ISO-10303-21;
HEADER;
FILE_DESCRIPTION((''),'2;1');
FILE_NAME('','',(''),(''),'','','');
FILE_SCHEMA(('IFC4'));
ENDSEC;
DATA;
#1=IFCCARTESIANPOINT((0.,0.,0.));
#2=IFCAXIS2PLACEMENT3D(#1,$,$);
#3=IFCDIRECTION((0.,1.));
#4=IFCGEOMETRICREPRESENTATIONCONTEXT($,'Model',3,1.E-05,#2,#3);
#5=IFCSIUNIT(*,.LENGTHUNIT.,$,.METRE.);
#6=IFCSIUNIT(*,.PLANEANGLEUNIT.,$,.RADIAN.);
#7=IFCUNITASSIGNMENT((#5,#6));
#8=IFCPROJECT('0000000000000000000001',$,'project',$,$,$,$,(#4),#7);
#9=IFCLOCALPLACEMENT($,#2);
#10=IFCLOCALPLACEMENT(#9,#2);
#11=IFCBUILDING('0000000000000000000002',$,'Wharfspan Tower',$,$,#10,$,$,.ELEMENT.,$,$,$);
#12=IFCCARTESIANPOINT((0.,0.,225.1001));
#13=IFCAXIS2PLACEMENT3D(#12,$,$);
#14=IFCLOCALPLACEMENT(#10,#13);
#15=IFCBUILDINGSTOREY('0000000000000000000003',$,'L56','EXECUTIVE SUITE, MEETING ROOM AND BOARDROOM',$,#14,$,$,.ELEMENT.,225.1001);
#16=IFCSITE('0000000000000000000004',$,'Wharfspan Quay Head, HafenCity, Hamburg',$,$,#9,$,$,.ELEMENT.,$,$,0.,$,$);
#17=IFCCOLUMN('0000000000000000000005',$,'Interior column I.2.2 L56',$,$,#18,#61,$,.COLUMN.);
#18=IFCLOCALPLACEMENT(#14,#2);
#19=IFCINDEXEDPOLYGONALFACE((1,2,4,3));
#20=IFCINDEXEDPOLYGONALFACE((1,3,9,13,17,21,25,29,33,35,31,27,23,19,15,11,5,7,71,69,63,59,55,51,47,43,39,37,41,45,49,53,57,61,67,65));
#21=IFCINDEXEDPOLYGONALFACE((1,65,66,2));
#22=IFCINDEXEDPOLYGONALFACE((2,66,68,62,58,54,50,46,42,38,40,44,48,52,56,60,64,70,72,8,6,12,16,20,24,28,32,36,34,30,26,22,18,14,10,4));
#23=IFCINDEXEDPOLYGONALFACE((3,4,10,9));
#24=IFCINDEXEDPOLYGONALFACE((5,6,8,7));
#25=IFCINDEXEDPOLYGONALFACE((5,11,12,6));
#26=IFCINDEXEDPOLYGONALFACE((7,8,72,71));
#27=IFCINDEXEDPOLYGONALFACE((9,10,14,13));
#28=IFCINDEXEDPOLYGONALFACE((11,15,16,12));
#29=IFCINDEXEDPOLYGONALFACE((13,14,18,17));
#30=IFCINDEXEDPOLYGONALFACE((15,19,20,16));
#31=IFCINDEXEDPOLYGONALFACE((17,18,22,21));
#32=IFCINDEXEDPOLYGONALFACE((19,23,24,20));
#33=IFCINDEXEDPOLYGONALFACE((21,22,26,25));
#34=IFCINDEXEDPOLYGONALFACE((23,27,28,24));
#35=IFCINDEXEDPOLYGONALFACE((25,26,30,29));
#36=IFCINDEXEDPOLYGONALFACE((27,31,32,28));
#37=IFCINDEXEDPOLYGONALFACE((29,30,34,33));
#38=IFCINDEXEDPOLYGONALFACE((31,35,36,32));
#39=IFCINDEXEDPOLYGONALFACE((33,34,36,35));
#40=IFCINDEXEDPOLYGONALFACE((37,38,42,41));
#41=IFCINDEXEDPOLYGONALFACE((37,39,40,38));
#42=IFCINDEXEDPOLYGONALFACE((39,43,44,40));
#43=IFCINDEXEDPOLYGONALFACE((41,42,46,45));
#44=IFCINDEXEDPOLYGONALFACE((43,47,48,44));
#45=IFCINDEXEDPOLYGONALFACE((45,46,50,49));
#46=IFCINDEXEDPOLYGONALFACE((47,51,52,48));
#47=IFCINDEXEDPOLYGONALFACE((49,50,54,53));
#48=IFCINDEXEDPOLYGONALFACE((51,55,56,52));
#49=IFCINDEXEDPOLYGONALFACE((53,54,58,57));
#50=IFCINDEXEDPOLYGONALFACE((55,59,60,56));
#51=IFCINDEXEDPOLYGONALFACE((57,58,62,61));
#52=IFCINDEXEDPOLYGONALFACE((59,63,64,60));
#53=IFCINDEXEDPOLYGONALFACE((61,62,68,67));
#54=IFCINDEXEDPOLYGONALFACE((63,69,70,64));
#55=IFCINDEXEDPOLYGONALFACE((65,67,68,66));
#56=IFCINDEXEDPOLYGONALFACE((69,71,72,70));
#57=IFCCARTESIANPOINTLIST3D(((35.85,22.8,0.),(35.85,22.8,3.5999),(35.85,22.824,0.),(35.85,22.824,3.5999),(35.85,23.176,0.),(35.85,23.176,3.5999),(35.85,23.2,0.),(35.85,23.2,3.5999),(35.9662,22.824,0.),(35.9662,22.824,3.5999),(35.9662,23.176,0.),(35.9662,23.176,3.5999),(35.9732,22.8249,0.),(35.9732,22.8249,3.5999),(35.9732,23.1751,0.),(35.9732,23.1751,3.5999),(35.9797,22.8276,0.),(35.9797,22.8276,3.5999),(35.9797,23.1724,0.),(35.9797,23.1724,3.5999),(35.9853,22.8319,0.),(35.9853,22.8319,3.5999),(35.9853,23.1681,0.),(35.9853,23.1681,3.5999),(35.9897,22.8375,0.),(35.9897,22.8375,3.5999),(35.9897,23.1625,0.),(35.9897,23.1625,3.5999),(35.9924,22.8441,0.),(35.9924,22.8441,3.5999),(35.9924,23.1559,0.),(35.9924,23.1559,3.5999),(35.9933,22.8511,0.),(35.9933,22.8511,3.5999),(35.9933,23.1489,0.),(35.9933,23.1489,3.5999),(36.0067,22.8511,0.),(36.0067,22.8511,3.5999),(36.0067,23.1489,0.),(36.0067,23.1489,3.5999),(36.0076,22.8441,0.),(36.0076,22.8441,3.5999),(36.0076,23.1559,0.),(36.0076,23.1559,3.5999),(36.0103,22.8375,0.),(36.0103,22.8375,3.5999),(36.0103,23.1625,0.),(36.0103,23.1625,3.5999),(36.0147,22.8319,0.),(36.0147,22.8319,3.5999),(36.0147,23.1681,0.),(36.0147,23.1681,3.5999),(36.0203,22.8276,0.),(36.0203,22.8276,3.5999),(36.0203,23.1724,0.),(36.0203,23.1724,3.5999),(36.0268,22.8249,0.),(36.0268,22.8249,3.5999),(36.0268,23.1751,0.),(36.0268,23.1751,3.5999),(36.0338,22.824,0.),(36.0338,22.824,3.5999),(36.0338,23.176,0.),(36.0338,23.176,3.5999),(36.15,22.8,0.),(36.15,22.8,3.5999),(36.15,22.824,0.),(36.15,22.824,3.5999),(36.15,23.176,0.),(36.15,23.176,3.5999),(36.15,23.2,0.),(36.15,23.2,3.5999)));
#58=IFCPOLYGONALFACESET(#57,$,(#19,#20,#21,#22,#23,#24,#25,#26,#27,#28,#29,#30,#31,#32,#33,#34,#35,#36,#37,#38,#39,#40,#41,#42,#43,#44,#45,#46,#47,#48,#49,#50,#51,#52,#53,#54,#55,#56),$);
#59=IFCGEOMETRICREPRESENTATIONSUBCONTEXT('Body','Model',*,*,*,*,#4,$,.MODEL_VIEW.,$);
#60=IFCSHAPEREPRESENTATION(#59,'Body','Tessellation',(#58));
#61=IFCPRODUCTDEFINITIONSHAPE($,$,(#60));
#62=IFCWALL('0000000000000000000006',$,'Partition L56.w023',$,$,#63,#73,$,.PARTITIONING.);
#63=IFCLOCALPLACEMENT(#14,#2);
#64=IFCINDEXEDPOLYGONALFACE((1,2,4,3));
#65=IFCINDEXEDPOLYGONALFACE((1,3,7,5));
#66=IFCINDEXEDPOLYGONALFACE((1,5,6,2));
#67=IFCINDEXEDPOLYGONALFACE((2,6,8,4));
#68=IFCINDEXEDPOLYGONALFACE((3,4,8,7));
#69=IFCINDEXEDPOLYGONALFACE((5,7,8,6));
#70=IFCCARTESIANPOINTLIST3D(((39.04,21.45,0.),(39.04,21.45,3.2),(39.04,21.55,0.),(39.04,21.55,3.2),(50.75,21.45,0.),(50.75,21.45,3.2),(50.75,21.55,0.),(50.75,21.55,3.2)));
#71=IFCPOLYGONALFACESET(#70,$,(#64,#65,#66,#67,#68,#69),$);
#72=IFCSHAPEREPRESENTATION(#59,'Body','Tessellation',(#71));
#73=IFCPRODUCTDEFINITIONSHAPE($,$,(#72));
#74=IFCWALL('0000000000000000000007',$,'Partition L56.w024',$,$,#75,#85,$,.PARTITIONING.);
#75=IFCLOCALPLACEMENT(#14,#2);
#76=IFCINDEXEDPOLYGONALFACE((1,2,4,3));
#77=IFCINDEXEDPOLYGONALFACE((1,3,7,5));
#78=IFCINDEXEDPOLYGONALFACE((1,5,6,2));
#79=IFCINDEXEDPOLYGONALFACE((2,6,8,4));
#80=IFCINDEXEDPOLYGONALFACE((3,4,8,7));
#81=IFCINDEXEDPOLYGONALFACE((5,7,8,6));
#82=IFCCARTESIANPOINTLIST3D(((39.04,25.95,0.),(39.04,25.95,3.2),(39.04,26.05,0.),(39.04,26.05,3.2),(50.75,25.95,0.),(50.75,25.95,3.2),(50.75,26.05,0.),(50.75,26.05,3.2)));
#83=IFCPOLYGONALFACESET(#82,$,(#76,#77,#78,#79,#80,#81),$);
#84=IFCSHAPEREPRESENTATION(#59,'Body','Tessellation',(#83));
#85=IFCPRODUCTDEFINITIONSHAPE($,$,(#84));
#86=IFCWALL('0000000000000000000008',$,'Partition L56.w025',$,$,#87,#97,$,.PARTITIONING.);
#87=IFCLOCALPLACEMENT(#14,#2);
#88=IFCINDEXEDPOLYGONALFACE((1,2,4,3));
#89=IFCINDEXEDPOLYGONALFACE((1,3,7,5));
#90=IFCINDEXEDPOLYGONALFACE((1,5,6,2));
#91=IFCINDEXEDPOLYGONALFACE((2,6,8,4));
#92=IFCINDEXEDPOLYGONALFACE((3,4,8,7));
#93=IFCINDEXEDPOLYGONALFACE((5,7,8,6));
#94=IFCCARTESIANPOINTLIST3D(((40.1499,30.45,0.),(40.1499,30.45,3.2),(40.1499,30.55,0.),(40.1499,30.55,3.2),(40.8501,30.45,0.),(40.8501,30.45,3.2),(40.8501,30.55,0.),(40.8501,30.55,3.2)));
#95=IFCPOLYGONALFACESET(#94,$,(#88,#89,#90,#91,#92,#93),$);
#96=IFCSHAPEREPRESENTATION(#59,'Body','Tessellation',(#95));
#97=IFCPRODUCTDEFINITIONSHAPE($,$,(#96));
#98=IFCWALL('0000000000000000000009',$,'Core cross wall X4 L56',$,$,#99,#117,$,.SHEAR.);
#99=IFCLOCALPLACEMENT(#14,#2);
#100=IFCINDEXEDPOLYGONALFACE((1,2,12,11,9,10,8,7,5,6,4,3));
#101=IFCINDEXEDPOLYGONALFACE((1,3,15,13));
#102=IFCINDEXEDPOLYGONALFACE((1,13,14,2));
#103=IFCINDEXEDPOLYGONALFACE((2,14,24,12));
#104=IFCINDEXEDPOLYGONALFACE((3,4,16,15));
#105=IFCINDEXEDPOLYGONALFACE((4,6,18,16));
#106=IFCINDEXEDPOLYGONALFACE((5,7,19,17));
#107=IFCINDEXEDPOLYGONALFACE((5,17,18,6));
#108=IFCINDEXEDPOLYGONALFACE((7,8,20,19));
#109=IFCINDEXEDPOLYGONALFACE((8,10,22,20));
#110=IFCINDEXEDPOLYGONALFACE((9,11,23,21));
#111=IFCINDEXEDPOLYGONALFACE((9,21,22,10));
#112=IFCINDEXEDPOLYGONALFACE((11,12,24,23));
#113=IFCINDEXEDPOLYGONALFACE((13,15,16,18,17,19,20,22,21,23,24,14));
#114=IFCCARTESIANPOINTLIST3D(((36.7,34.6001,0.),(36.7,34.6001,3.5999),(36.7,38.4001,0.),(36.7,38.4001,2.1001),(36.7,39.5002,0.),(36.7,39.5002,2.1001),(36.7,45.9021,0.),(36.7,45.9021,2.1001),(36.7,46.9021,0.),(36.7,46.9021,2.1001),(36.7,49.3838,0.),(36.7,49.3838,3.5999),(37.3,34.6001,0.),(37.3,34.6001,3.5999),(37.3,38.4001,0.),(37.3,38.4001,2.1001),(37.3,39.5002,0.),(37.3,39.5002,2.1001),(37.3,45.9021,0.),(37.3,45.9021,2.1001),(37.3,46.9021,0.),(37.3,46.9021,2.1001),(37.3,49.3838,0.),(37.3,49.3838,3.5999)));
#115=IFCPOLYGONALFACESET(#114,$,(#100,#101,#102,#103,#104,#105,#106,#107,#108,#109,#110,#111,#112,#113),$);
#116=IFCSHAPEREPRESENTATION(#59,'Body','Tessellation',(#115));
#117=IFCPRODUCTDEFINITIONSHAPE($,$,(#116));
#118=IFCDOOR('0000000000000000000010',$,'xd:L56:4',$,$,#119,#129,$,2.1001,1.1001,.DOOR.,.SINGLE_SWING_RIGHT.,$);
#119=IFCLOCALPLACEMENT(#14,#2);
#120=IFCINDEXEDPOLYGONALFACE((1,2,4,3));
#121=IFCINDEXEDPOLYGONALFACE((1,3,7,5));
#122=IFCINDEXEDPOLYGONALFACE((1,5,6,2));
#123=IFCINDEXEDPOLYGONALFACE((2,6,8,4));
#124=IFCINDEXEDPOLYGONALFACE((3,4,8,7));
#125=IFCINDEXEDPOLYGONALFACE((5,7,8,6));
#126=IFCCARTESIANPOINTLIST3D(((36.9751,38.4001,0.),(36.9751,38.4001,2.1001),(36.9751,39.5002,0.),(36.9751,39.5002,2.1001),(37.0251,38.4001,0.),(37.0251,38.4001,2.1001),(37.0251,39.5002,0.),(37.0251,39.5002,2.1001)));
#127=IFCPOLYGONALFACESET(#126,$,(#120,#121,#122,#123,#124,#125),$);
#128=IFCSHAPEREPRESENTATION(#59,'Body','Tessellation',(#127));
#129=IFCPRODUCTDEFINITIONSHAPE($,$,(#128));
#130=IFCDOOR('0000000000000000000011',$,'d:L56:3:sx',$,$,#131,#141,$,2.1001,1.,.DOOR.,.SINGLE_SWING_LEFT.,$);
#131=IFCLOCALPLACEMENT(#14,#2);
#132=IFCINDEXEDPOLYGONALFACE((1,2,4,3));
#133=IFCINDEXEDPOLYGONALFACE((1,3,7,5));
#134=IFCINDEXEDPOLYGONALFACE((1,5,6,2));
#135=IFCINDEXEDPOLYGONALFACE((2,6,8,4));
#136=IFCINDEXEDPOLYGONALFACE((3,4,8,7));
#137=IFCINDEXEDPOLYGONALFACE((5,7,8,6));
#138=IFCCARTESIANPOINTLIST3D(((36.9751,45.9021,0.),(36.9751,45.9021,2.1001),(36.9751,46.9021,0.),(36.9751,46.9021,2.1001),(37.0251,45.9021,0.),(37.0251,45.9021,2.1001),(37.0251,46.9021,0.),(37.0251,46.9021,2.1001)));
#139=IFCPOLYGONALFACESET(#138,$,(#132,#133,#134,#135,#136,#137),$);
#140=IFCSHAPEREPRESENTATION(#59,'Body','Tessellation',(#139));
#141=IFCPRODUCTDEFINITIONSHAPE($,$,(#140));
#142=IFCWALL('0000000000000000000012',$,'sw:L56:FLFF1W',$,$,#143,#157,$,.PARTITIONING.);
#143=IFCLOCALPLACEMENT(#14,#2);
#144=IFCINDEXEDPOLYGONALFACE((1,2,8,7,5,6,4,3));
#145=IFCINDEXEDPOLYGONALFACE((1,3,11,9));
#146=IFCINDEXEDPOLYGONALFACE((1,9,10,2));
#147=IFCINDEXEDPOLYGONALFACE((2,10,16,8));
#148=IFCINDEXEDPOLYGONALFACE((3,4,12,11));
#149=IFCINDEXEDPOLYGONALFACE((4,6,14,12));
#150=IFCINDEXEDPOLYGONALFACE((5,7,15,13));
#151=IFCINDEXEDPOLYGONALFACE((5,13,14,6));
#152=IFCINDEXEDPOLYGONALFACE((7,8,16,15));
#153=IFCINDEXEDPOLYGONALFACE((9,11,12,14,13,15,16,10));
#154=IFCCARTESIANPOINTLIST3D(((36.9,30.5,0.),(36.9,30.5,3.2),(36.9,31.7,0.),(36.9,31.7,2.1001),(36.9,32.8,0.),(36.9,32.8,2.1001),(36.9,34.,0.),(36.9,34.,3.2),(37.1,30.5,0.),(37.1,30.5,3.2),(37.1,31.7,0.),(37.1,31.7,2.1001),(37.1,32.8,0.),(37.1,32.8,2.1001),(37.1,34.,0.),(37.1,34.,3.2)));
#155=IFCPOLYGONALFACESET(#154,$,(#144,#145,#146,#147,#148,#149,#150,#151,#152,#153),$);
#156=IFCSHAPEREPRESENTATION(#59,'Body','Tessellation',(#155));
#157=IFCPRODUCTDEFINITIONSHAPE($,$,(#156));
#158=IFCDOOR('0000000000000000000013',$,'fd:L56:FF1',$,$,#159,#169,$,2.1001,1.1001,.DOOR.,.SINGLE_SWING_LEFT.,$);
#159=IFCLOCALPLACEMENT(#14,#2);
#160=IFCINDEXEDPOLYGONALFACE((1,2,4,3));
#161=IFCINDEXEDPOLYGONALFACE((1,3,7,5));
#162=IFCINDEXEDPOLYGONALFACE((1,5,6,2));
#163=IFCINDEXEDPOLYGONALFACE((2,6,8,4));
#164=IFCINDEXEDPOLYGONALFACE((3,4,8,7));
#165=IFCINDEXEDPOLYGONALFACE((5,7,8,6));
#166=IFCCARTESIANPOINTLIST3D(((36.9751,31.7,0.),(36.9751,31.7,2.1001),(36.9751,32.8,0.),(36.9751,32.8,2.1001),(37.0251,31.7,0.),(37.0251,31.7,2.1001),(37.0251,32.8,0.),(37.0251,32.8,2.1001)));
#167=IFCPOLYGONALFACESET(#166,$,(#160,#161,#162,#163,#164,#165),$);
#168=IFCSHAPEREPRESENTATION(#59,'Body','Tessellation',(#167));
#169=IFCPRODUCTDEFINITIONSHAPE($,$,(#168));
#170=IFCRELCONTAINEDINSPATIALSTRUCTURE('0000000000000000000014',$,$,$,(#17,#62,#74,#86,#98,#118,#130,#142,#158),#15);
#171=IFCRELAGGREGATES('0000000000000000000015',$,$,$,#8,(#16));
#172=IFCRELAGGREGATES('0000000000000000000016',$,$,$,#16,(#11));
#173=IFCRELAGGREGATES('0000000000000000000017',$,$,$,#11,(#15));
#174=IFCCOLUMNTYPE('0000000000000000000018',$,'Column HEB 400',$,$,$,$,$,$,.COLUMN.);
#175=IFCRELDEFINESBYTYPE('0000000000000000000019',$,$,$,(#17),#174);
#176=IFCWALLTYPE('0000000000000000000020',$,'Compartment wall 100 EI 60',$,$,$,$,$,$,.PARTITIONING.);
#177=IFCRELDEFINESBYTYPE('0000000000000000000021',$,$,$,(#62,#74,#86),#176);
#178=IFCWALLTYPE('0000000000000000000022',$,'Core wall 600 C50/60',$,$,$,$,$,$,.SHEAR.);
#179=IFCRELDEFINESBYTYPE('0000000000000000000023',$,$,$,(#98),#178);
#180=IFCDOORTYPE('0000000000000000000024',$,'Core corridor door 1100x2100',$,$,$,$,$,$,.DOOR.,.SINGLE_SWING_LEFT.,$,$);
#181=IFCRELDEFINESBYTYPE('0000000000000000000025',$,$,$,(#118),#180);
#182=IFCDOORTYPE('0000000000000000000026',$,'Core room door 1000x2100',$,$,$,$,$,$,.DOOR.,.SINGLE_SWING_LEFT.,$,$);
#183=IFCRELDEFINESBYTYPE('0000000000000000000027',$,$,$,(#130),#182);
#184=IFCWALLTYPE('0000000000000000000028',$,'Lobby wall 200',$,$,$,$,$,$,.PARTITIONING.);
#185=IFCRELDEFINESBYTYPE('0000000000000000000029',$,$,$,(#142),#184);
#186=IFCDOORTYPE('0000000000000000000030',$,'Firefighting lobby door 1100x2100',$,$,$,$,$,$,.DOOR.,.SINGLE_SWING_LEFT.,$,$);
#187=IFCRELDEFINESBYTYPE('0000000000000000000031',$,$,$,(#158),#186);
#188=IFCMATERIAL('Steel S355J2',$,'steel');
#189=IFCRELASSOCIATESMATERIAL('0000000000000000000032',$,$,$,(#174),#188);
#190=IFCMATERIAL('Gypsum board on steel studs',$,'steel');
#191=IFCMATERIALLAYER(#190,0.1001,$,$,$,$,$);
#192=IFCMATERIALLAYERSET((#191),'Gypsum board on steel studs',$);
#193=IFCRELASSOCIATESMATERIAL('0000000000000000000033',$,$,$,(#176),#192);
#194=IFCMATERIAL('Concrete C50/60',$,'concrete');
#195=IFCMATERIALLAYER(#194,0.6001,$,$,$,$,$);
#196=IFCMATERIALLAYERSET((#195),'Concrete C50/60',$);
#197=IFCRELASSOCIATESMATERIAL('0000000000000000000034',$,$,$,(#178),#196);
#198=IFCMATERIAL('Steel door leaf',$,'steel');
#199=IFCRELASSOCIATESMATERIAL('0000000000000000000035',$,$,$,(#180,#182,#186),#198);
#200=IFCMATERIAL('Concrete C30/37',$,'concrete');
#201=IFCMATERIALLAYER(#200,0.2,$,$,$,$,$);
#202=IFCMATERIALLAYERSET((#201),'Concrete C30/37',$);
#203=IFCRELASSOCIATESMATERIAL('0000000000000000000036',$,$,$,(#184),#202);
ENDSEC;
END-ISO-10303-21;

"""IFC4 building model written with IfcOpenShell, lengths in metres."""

from ifc_helpers import new_model, si_unit, direction, frame, frame_2d, origin, origin_2d, place, context, subcontext, project, spatial, rectangle, i_section, extrude, material, layer, layer_set, material_profile, profile_set, type_object, element, fill, save


model = new_model("IFC4")

# Units and contexts
model_context = context("Model", 3, precision=1e-05, world=origin(), true_north=direction((0.0, 1.0)))
body_context = subcontext(model_context, "Body", "Model", "MODEL_VIEW")
ifc_project = project(units=[si_unit("LENGTHUNIT", "METRE"), si_unit("PLANEANGLEUNIT", "RADIAN")], contexts=[model_context])

# Site, building, storey
site_placement = place(None, origin())
site = spatial("IfcSite", under=ifc_project, at=site_placement, Name="Wharfspan Quay Head, HafenCity, Hamburg", CompositionType="ELEMENT", RefElevation=0.0)
building_placement = place(site_placement, origin())
building = spatial("IfcBuilding", under=site, at=building_placement, Name="Wharfspan Tower", CompositionType="ELEMENT")
storey_placement = place(building_placement, frame((0.0, 0.0, 225.1001)))
storey = spatial("IfcBuildingStorey", under=building, at=storey_placement, Name="L56", Description="EXECUTIVE SUITE, MEETING ROOM AND BOARDROOM", CompositionType="ELEMENT", Elevation=225.1001)

# Column
ifc_material_1 = material(Name="Steel S355J2", Category="steel")
ifc_material_profile = material_profile(ifc_material_1, i_section(OverallWidth=0.3, OverallDepth=0.3999, WebThickness=0.0134, FlangeThickness=0.0239, FilletRadius=0.0271, at=origin_2d()))
ifc_profile_set = profile_set([ifc_material_profile], Name="Steel S355J2")
column_type = type_object("IfcColumnType", Name="Column HEB 400", PredefinedType="COLUMN", material=ifc_profile_set)
column_placement = place(storey_placement, frame((36.0, 23.0, 0.0), z_axis=(0.0, 0.0, 1.0), x_axis=(1.0, 0.0, 0.0)))
element("IfcColumn", 1, at=column_placement, inside=storey, type_object=column_type, Name="Interior column I.2.2 L56", PredefinedType="COLUMN", context=body_context, shape_type="SweptSolid", body=[
    extrude(i_section(OverallWidth=0.3, OverallDepth=0.3999, WebThickness=0.0134, FlangeThickness=0.0239, FilletRadius=0.0271, at=origin_2d()), origin(), (0.0, 0.0, 1.0), 3.5999),
])

# Walls
ifc_material_2 = material(Name="Gypsum board on steel studs", Category="steel")
ifc_layer_1 = layer(ifc_material_2, 0.1001)
ifc_layer_set_1 = layer_set([ifc_layer_1], Name="Gypsum board on steel studs")
wall_type_1 = type_object("IfcWallType", Name="Compartment wall 100 EI 60", PredefinedType="PARTITIONING", material=ifc_layer_set_1)
for number, where, z_axis, x_axis, name in (
    (2, (39.04, 21.5, 0.0), (0.0, 0.0, 1.0), (1.0, 0.0, 0.0), "Partition L56.w023"),
    (3, (39.04, 26.0, 0.0), (0.0, 0.0, 1.0), (1.0, 0.0, 0.0), "Partition L56.w024"),
):
    element("IfcWall", number, at=place(storey_placement, frame(where, z_axis=z_axis, x_axis=x_axis)), inside=storey, type_object=wall_type_1, Name=name, PredefinedType="PARTITIONING", context=body_context, shape_type="SweptSolid", body=[
        extrude(rectangle(XDim=11.71, YDim=0.1001, at=frame_2d((5.855, 0.0))), origin(), (0.0, 0.0, 1.0), 3.2),
    ])
wall_1_placement = place(storey_placement, frame((40.1499, 30.5, 0.0), z_axis=(0.0, 0.0, 1.0), x_axis=(1.0, 0.0, 0.0)))
element("IfcWall", 4, at=wall_1_placement, inside=storey, type_object=wall_type_1, Name="Partition L56.w025", PredefinedType="PARTITIONING", context=body_context, shape_type="SweptSolid", body=[
    extrude(rectangle(XDim=0.7002, YDim=0.1001, at=frame_2d((0.3501, 0.0))), origin(), (0.0, 0.0, 1.0), 3.2),
])

# Wall, openings, doors
ifc_material_3 = material(Name="Concrete C50/60", Category="concrete")
ifc_layer_2 = layer(ifc_material_3, 0.6001)
ifc_layer_set_2 = layer_set([ifc_layer_2], Name="Concrete C50/60")
wall_type_2 = type_object("IfcWallType", Name="Core wall 600 C50/60", PredefinedType="SHEAR", material=ifc_layer_set_2)
wall_2_placement = place(storey_placement, frame((37.0, 34.6001, 0.0), z_axis=(0.0, 0.0, 1.0), x_axis=(0.0, 1.0, 0.0)))
wall_2 = element("IfcWall", 5, at=wall_2_placement, inside=storey, type_object=wall_type_2, Name="Core cross wall X4 L56", PredefinedType="SHEAR", context=body_context, shape_type="SweptSolid", body=[
    extrude(rectangle(XDim=14.7837, YDim=0.6001, at=frame_2d((7.3918, 0.0))), origin(), (0.0, 0.0, 1.0), 3.5999),
])
opening_1_placement = place(wall_2_placement, frame((11.302, 0.0, 0.0)))
opening_1 = element("IfcOpeningElement", 6, at=opening_1_placement, cuts=wall_2, PredefinedType="OPENING", context=body_context, shape_type="SweptSolid", body=[
    extrude(rectangle(XDim=1.0, YDim=2.1001, at=frame_2d((0.5, 1.05))), frame((0.0, 0.3101, 0.0), z_axis=(0.0, -1.0, 0.0), x_axis=(1.0, 0.0, 0.0)), (0.0, 0.0, 1.0), 0.6201),
])
opening_2_placement = place(wall_2_placement, frame((3.8, 0.0, 0.0)))
opening_2 = element("IfcOpeningElement", 7, at=opening_2_placement, cuts=wall_2, PredefinedType="OPENING", context=body_context, shape_type="SweptSolid", body=[
    extrude(rectangle(XDim=1.1001, YDim=2.1001, at=frame_2d((0.55, 1.05))), frame((0.0, 0.3101, 0.0), z_axis=(0.0, -1.0, 0.0), x_axis=(1.0, 0.0, 0.0)), (0.0, 0.0, 1.0), 0.6201),
])
ifc_material_4 = material(Name="Steel door leaf", Category="steel")
door_type_1 = type_object("IfcDoorType", Name="Core corridor door 1100x2100", OperationType="SINGLE_SWING_LEFT", PredefinedType="DOOR", material=ifc_material_4)
door_1_placement = place(opening_2_placement, origin())
door_1 = element("IfcDoor", 8, at=door_1_placement, inside=storey, type_object=door_type_1, Name="xd:L56:4", OperationType="SINGLE_SWING_RIGHT", OverallHeight=2.1001, OverallWidth=1.1001, PredefinedType="DOOR", context=body_context, shape_type="SweptSolid", body=[
    extrude(rectangle(XDim=1.1001, YDim=2.1001, at=frame_2d((0.55, 1.05))), frame((0.0, 0.0249, 0.0), z_axis=(0.0, -1.0, 0.0), x_axis=(1.0, 0.0, 0.0)), (0.0, 0.0, 1.0), 0.05),
])
fill(opening_2, door_1)
door_type_2 = type_object("IfcDoorType", Name="Core room door 1000x2100", OperationType="SINGLE_SWING_LEFT", PredefinedType="DOOR", material=ifc_material_4)
door_2_placement = place(opening_1_placement, origin())
door_2 = element("IfcDoor", 9, at=door_2_placement, inside=storey, type_object=door_type_2, Name="d:L56:3:sx", OperationType="SINGLE_SWING_LEFT", OverallHeight=2.1001, OverallWidth=1.0, PredefinedType="DOOR", context=body_context, shape_type="SweptSolid", body=[
    extrude(rectangle(XDim=1.0, YDim=2.1001, at=frame_2d((0.5, 1.05))), frame((0.0, 0.0249, 0.0), z_axis=(0.0, -1.0, 0.0), x_axis=(1.0, 0.0, 0.0)), (0.0, 0.0, 1.0), 0.05),
])
fill(opening_1, door_2)

# Wall, opening, door
ifc_material_5 = material(Name="Concrete C30/37", Category="concrete")
ifc_layer_3 = layer(ifc_material_5, 0.2)
ifc_layer_set_3 = layer_set([ifc_layer_3], Name="Concrete C30/37")
wall_type_3 = type_object("IfcWallType", Name="Lobby wall 200", PredefinedType="PARTITIONING", material=ifc_layer_set_3)
wall_3_placement = place(storey_placement, frame((37.0, 30.5, 0.0), z_axis=(0.0, 0.0, 1.0), x_axis=(0.0, 1.0, 0.0)))
wall_3 = element("IfcWall", 10, at=wall_3_placement, inside=storey, type_object=wall_type_3, Name="sw:L56:FLFF1W", PredefinedType="PARTITIONING", context=body_context, shape_type="SweptSolid", body=[
    extrude(rectangle(XDim=3.5, YDim=0.2, at=frame_2d((1.75, 0.0))), origin(), (0.0, 0.0, 1.0), 3.2),
])
opening_3_placement = place(wall_3_placement, frame((1.2, 0.0, 0.0)))
opening_3 = element("IfcOpeningElement", 11, at=opening_3_placement, cuts=wall_3, PredefinedType="OPENING", context=body_context, shape_type="SweptSolid", body=[
    extrude(rectangle(XDim=1.1001, YDim=2.1001, at=frame_2d((0.55, 1.05))), frame((0.0, 0.1099, 0.0), z_axis=(0.0, -1.0, 0.0), x_axis=(1.0, 0.0, 0.0)), (0.0, 0.0, 1.0), 0.22),
])
door_type_3 = type_object("IfcDoorType", Name="Firefighting lobby door 1100x2100", OperationType="SINGLE_SWING_LEFT", PredefinedType="DOOR", material=ifc_material_4)
door_3_placement = place(opening_3_placement, origin())
door_3 = element("IfcDoor", 12, at=door_3_placement, inside=storey, type_object=door_type_3, Name="fd:L56:FF1", OperationType="SINGLE_SWING_LEFT", OverallHeight=2.1001, OverallWidth=1.1001, PredefinedType="DOOR", context=body_context, shape_type="SweptSolid", body=[
    extrude(rectangle(XDim=1.1001, YDim=2.1001, at=frame_2d((0.55, 1.05))), frame((0.0, 0.0249, 0.0), z_axis=(0.0, -1.0, 0.0), x_axis=(1.0, 0.0, 0.0)), (0.0, 0.0, 1.0), 0.05),
])
fill(opening_3, door_3)

save(model, "model.ifc")
